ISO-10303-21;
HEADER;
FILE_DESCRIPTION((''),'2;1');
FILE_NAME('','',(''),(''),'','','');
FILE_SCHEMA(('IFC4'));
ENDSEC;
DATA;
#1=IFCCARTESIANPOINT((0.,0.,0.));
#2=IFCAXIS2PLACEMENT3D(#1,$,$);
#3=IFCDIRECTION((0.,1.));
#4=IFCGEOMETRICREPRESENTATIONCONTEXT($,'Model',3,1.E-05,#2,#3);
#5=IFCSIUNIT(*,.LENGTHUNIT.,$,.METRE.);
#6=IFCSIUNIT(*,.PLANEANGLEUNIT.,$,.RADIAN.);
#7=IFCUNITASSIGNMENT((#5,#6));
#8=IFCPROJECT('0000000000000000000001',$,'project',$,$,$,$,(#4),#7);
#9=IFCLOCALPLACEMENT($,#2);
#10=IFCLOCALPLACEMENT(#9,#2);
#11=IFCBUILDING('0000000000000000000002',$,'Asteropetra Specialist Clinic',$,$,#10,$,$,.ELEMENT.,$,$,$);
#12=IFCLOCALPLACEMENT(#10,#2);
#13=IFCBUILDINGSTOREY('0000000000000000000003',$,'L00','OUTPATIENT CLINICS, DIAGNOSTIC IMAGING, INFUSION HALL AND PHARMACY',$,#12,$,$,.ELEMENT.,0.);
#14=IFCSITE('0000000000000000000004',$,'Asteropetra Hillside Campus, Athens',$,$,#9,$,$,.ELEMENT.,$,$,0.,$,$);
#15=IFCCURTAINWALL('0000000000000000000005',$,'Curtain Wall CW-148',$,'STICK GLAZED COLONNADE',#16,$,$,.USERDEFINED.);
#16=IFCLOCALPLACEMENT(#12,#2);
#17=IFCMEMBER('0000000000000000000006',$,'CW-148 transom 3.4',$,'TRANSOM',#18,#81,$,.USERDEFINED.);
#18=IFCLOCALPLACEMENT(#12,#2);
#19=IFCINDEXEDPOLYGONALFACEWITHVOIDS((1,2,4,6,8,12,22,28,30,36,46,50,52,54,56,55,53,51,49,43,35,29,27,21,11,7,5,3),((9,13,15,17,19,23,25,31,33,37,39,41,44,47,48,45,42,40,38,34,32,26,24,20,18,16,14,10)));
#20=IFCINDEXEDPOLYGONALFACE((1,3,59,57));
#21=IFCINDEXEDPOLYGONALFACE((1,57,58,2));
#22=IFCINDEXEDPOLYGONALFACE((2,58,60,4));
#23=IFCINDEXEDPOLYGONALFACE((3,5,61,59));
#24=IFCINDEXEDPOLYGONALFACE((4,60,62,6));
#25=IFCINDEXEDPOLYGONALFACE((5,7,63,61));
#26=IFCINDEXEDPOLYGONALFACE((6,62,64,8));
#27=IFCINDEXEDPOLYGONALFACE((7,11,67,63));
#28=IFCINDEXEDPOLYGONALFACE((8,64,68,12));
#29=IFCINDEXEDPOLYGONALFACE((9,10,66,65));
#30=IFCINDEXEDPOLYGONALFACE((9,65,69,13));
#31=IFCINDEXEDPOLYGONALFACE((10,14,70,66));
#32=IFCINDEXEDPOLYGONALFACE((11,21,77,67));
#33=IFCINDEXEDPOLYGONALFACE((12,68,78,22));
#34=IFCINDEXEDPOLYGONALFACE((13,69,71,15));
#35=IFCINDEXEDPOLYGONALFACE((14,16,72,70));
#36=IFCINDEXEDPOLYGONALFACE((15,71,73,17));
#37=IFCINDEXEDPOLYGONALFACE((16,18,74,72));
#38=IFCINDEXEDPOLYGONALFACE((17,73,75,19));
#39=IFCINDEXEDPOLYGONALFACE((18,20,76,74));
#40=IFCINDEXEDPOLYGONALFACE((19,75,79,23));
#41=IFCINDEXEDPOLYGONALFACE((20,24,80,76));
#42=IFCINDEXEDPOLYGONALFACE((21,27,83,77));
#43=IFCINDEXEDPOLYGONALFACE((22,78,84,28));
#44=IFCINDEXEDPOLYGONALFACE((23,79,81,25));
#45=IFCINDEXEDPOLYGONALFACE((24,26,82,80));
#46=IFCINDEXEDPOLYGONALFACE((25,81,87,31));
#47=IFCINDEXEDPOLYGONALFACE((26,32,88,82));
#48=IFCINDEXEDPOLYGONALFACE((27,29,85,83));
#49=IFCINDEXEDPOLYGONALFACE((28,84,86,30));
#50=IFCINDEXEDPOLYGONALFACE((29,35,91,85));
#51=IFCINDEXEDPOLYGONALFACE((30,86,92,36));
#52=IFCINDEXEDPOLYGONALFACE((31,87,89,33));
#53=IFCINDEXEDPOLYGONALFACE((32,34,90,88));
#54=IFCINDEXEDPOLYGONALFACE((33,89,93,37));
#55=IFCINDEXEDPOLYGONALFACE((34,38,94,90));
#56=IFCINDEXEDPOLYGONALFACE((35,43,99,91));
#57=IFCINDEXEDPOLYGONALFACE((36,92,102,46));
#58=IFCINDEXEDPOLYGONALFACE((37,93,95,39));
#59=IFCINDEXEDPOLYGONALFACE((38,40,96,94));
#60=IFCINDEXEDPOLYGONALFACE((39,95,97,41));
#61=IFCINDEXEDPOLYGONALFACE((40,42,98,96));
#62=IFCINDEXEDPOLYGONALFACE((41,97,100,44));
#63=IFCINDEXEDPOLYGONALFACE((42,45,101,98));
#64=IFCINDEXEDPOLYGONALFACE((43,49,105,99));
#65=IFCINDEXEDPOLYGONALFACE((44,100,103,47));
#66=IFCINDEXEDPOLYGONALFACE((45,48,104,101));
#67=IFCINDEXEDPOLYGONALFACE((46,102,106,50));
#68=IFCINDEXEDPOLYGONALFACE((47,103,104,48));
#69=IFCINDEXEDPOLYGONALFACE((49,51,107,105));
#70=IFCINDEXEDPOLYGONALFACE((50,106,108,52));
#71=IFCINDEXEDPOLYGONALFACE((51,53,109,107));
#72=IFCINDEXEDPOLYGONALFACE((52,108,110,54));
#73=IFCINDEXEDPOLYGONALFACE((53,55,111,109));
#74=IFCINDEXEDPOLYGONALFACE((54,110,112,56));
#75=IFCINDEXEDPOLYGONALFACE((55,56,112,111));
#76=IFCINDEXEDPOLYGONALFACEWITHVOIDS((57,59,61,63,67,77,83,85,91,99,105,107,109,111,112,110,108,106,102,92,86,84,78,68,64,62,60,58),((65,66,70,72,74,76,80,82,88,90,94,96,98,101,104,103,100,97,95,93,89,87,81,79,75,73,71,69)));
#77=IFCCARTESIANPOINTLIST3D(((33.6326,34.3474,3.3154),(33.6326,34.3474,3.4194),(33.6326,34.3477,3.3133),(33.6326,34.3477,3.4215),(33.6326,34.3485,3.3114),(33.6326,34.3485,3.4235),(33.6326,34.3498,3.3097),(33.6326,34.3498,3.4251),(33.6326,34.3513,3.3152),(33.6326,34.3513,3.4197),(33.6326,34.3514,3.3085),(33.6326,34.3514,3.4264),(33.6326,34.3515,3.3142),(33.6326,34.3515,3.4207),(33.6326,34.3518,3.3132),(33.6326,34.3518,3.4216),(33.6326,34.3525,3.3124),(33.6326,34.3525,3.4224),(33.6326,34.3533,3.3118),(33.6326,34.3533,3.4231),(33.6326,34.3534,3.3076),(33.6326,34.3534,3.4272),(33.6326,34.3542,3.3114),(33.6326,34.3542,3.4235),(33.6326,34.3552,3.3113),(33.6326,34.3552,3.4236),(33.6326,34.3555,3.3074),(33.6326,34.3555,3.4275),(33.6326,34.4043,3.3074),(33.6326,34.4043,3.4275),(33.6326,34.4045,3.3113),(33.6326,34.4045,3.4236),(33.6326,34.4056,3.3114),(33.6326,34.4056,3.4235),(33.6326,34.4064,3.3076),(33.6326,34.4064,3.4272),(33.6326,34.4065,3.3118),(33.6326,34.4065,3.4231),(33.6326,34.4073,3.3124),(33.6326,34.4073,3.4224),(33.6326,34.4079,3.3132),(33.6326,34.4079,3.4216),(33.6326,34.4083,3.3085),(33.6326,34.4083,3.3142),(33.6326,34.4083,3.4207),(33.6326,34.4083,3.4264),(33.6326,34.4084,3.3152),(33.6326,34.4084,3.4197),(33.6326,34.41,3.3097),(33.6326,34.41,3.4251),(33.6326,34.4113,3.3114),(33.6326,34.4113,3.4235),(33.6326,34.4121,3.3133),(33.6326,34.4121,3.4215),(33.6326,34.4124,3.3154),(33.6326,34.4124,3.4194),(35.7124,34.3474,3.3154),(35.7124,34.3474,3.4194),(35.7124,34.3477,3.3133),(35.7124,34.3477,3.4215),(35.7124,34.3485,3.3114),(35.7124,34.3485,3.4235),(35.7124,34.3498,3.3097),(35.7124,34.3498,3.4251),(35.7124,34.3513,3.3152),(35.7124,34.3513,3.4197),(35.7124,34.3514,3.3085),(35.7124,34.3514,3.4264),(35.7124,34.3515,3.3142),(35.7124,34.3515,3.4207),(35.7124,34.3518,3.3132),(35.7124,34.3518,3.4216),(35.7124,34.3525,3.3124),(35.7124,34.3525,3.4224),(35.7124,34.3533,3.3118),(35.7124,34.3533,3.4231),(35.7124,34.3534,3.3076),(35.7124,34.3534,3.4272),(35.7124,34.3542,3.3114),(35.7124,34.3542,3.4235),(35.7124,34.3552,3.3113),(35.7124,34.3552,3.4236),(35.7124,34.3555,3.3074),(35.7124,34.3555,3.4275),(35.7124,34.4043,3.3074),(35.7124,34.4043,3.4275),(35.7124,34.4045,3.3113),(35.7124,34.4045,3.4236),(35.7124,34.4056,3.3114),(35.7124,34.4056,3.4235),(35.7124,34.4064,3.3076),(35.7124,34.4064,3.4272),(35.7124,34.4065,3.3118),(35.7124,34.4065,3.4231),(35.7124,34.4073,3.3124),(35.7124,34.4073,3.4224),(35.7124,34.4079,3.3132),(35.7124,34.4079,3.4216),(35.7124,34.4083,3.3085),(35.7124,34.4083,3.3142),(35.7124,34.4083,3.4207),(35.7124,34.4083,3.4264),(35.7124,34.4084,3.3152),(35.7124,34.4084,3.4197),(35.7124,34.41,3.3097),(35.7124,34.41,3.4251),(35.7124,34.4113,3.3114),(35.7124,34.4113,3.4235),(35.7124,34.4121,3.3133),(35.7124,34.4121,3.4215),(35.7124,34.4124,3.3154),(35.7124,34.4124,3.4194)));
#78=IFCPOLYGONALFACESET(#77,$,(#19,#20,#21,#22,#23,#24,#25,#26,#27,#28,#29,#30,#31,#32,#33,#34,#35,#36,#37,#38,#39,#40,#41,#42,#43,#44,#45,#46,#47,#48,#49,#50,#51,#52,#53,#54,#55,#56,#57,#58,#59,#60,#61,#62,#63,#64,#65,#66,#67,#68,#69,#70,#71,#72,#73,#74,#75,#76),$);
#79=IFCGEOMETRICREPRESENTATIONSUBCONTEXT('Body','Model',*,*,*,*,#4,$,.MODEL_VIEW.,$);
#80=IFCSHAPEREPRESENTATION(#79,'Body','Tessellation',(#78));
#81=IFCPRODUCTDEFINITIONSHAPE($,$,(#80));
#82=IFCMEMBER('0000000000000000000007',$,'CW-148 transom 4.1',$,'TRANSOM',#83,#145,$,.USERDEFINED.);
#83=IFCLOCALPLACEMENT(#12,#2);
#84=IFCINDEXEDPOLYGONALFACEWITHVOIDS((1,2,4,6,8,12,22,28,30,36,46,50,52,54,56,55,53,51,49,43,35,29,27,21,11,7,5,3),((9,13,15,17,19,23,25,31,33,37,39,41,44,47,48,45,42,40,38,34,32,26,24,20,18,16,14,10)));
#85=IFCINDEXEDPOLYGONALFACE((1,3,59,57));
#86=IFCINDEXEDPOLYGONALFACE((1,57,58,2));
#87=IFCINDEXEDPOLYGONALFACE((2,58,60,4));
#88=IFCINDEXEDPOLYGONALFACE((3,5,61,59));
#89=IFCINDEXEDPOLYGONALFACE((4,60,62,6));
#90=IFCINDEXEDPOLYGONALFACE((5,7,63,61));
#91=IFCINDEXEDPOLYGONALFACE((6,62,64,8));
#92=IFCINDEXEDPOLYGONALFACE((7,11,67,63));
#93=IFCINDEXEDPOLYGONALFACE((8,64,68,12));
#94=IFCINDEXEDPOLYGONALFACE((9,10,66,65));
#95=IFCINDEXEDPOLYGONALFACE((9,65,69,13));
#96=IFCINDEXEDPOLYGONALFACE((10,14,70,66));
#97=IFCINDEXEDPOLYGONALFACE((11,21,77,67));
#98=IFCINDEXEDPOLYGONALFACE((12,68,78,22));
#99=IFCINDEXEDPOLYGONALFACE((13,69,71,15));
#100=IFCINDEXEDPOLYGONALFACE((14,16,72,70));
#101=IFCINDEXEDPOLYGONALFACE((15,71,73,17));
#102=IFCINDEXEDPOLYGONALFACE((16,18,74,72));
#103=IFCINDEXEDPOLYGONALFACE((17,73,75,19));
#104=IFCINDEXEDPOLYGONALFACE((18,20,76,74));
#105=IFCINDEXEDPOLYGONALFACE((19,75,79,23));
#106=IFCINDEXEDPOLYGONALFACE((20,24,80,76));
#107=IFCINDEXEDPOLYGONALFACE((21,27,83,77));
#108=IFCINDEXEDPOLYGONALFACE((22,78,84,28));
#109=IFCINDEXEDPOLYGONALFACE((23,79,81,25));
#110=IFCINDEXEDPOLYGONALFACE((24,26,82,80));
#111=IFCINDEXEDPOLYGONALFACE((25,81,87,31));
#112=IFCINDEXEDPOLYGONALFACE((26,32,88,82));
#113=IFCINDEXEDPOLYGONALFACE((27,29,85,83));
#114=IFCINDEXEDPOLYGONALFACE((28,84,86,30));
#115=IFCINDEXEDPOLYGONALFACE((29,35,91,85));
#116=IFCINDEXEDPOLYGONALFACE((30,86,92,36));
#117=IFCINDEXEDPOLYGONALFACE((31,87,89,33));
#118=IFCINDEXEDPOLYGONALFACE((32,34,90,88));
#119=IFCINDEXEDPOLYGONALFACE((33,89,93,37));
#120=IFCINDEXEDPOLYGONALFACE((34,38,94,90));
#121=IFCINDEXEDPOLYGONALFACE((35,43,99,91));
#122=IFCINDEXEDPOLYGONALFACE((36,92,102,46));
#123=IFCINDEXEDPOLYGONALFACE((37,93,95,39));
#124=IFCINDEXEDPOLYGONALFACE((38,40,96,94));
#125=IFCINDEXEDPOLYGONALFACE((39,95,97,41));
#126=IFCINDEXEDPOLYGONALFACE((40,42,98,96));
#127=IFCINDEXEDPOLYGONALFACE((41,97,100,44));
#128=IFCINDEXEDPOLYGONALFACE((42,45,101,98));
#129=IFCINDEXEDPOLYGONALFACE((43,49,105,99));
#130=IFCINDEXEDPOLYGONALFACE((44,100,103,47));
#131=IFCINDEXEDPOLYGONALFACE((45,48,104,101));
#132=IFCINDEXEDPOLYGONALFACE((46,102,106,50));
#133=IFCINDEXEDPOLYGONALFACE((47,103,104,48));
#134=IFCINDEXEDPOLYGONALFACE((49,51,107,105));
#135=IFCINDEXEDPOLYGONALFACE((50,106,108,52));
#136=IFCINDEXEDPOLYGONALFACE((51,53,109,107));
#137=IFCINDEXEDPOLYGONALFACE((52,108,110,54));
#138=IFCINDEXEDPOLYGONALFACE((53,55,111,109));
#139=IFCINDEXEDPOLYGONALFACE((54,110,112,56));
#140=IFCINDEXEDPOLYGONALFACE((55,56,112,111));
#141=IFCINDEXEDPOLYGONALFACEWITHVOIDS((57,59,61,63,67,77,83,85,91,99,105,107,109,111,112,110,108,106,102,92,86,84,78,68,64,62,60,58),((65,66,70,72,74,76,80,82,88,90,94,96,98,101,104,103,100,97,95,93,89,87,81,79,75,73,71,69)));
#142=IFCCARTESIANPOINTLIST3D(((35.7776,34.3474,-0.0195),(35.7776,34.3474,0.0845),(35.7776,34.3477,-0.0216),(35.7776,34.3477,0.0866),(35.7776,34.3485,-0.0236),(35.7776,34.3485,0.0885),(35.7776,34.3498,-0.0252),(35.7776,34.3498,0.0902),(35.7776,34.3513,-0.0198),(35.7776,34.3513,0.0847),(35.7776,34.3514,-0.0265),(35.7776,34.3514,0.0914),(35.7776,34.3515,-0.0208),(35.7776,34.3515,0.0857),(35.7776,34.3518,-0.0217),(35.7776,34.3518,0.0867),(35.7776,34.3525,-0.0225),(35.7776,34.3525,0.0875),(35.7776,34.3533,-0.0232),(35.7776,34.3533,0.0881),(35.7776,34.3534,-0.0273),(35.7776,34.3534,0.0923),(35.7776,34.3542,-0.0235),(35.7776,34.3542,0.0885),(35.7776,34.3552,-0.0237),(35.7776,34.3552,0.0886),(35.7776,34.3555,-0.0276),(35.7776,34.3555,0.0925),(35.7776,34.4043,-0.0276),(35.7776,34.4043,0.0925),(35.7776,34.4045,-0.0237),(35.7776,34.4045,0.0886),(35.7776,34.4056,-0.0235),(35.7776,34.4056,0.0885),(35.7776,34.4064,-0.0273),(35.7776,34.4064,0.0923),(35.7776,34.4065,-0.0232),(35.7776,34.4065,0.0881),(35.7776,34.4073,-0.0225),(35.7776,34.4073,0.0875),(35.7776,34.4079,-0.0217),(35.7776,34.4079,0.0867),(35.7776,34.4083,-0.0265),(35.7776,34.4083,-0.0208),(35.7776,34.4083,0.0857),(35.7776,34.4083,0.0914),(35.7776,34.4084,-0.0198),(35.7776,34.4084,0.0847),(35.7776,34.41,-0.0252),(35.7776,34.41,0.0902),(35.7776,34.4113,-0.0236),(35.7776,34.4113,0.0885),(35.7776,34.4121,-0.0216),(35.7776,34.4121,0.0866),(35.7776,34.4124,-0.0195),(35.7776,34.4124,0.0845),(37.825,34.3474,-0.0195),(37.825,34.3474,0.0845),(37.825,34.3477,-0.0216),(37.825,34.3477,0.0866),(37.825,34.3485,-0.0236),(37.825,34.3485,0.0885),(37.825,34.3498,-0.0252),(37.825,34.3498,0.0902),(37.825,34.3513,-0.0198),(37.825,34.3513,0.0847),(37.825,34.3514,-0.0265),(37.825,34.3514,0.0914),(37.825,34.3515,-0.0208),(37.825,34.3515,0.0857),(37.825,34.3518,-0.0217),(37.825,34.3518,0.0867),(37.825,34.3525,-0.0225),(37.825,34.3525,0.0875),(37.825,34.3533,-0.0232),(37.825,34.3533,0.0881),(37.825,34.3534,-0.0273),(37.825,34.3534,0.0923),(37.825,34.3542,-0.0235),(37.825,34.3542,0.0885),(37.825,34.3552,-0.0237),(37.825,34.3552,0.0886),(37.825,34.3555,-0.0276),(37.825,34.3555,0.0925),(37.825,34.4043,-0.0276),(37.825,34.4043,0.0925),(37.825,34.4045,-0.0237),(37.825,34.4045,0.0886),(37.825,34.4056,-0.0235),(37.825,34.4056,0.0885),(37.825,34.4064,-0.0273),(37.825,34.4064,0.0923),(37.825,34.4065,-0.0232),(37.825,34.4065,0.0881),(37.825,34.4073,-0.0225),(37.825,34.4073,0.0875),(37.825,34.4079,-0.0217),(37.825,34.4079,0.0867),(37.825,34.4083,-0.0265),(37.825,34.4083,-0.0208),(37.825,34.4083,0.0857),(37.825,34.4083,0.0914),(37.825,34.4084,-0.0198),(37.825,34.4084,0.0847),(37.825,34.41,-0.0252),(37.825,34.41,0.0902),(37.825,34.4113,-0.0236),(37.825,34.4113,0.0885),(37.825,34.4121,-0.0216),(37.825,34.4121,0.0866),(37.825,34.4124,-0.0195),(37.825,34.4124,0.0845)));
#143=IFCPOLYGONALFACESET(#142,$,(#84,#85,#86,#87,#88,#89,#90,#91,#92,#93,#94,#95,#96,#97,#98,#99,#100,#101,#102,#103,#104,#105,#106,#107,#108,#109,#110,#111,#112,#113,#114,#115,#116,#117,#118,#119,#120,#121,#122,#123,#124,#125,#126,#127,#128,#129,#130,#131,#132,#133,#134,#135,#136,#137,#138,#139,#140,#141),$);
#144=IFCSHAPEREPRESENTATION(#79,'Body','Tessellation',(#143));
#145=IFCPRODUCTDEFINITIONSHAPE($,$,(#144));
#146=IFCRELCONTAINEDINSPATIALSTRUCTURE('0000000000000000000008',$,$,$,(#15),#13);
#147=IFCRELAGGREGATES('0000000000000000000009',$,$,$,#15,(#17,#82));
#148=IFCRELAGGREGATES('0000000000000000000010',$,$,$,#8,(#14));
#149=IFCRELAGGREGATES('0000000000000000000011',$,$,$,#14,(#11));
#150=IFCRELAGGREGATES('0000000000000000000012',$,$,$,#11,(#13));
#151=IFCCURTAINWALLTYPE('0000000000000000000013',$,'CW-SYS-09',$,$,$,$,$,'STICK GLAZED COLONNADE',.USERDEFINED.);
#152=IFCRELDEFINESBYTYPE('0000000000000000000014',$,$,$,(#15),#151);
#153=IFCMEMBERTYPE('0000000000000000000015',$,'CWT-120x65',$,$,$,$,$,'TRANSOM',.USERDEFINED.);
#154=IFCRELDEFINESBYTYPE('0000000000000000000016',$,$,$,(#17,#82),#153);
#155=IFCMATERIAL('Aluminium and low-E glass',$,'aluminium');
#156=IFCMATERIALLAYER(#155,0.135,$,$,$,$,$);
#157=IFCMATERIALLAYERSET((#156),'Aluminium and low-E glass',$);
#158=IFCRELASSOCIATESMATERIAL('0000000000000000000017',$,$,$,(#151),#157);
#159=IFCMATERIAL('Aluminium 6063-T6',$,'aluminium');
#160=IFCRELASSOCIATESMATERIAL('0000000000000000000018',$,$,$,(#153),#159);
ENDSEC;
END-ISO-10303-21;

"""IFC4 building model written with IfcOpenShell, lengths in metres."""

from ifc_helpers import new_model, si_unit, direction, frame, origin, origin_2d, place, context, subcontext, project, spatial, hollow_rectangle, extrude, material, layer, layer_set, material_profile, profile_set, type_object, element, aggregate, save


model = new_model("IFC4")

# Units and contexts
model_context = context("Model", 3, precision=1e-05, world=origin(), true_north=direction((0.0, 1.0)))
body_context = subcontext(model_context, "Body", "Model", "MODEL_VIEW")
ifc_project = project(units=[si_unit("LENGTHUNIT", "METRE"), si_unit("PLANEANGLEUNIT", "RADIAN")], contexts=[model_context])

# Site, building, storey
site_placement = place(None, origin())
site = spatial("IfcSite", under=ifc_project, at=site_placement, Name="Asteropetra Hillside Campus, Athens", CompositionType="ELEMENT", RefElevation=0.0)
building_placement = place(site_placement, origin())
building = spatial("IfcBuilding", under=site, at=building_placement, Name="Asteropetra Specialist Clinic", CompositionType="ELEMENT")
storey_placement = place(building_placement, origin())
storey = spatial("IfcBuildingStorey", under=building, at=storey_placement, Name="L00", Description="OUTPATIENT CLINICS, DIAGNOSTIC IMAGING, INFUSION HALL AND PHARMACY", CompositionType="ELEMENT", Elevation=0.0)

# Curtain wall, members
ifc_material_1 = material(Name="Aluminium and low-E glass", Category="aluminium")
ifc_layer_1 = layer(ifc_material_1, 0.135)
ifc_layer_set_1 = layer_set([ifc_layer_1], Name="Aluminium and low-E glass")
curtain_wall_type = type_object("IfcCurtainWallType", Name="CW-SYS-09", ElementType="STICK GLAZED COLONNADE", PredefinedType="USERDEFINED", material=ifc_layer_set_1)
curtain_wall_placement = place(storey_placement, origin())
curtain_wall = element("IfcCurtainWall", 1, at=curtain_wall_placement, inside=storey, type_object=curtain_wall_type, Name="Curtain Wall CW-148", ObjectType="STICK GLAZED COLONNADE", PredefinedType="USERDEFINED")
ifc_material_2 = material(Name="Aluminium 6063-T6", Category="aluminium")
ifc_material_profile_1 = material_profile(ifc_material_2, hollow_rectangle(XDim=0.0649, YDim=0.1201, WallThickness=0.0039, InnerFilletRadius=0.0039, OuterFilletRadius=0.0081, at=origin_2d()), Name="TRN 120x65x4.0")
ifc_profile_set_1 = profile_set([ifc_material_profile_1], Name="Aluminium 6063-T6")
member_type_1 = type_object("IfcMemberType", Name="CWT-120x65", ElementType="TRANSOM", PredefinedType="USERDEFINED", material=ifc_profile_set_1)
member_1_placement = place(storey_placement, frame((33.6326, 34.3799, 3.3674), z_axis=(1.0, 0.0, 0.0), x_axis=(0.0, 1.0, 0.0)))
member_1 = element("IfcMember", 2, at=member_1_placement, type_object=member_type_1, Name="CW-148 transom 3.4", ObjectType="TRANSOM", PredefinedType="USERDEFINED", context=body_context, shape_type="SweptSolid", body=[
    extrude(hollow_rectangle(XDim=0.0649, YDim=0.1201, WallThickness=0.0039, InnerFilletRadius=0.0039, OuterFilletRadius=0.0081, at=origin_2d()), origin(), (0.0, 0.0, 1.0), 2.0798),
])
member_2_placement = place(storey_placement, frame((35.7776, 34.3799, 0.0325), z_axis=(1.0, 0.0, 0.0), x_axis=(0.0, 1.0, 0.0)))
member_2 = element("IfcMember", 3, at=member_2_placement, type_object=member_type_1, Name="CW-148 transom 4.1", ObjectType="TRANSOM", PredefinedType="USERDEFINED", context=body_context, shape_type="SweptSolid", body=[
    extrude(hollow_rectangle(XDim=0.0649, YDim=0.1201, WallThickness=0.0039, InnerFilletRadius=0.0039, OuterFilletRadius=0.0081, at=origin_2d()), origin(), (0.0, 0.0, 1.0), 2.0474),
])

aggregate(curtain_wall, [member_1, member_2])

save(model, "model.ifc")
